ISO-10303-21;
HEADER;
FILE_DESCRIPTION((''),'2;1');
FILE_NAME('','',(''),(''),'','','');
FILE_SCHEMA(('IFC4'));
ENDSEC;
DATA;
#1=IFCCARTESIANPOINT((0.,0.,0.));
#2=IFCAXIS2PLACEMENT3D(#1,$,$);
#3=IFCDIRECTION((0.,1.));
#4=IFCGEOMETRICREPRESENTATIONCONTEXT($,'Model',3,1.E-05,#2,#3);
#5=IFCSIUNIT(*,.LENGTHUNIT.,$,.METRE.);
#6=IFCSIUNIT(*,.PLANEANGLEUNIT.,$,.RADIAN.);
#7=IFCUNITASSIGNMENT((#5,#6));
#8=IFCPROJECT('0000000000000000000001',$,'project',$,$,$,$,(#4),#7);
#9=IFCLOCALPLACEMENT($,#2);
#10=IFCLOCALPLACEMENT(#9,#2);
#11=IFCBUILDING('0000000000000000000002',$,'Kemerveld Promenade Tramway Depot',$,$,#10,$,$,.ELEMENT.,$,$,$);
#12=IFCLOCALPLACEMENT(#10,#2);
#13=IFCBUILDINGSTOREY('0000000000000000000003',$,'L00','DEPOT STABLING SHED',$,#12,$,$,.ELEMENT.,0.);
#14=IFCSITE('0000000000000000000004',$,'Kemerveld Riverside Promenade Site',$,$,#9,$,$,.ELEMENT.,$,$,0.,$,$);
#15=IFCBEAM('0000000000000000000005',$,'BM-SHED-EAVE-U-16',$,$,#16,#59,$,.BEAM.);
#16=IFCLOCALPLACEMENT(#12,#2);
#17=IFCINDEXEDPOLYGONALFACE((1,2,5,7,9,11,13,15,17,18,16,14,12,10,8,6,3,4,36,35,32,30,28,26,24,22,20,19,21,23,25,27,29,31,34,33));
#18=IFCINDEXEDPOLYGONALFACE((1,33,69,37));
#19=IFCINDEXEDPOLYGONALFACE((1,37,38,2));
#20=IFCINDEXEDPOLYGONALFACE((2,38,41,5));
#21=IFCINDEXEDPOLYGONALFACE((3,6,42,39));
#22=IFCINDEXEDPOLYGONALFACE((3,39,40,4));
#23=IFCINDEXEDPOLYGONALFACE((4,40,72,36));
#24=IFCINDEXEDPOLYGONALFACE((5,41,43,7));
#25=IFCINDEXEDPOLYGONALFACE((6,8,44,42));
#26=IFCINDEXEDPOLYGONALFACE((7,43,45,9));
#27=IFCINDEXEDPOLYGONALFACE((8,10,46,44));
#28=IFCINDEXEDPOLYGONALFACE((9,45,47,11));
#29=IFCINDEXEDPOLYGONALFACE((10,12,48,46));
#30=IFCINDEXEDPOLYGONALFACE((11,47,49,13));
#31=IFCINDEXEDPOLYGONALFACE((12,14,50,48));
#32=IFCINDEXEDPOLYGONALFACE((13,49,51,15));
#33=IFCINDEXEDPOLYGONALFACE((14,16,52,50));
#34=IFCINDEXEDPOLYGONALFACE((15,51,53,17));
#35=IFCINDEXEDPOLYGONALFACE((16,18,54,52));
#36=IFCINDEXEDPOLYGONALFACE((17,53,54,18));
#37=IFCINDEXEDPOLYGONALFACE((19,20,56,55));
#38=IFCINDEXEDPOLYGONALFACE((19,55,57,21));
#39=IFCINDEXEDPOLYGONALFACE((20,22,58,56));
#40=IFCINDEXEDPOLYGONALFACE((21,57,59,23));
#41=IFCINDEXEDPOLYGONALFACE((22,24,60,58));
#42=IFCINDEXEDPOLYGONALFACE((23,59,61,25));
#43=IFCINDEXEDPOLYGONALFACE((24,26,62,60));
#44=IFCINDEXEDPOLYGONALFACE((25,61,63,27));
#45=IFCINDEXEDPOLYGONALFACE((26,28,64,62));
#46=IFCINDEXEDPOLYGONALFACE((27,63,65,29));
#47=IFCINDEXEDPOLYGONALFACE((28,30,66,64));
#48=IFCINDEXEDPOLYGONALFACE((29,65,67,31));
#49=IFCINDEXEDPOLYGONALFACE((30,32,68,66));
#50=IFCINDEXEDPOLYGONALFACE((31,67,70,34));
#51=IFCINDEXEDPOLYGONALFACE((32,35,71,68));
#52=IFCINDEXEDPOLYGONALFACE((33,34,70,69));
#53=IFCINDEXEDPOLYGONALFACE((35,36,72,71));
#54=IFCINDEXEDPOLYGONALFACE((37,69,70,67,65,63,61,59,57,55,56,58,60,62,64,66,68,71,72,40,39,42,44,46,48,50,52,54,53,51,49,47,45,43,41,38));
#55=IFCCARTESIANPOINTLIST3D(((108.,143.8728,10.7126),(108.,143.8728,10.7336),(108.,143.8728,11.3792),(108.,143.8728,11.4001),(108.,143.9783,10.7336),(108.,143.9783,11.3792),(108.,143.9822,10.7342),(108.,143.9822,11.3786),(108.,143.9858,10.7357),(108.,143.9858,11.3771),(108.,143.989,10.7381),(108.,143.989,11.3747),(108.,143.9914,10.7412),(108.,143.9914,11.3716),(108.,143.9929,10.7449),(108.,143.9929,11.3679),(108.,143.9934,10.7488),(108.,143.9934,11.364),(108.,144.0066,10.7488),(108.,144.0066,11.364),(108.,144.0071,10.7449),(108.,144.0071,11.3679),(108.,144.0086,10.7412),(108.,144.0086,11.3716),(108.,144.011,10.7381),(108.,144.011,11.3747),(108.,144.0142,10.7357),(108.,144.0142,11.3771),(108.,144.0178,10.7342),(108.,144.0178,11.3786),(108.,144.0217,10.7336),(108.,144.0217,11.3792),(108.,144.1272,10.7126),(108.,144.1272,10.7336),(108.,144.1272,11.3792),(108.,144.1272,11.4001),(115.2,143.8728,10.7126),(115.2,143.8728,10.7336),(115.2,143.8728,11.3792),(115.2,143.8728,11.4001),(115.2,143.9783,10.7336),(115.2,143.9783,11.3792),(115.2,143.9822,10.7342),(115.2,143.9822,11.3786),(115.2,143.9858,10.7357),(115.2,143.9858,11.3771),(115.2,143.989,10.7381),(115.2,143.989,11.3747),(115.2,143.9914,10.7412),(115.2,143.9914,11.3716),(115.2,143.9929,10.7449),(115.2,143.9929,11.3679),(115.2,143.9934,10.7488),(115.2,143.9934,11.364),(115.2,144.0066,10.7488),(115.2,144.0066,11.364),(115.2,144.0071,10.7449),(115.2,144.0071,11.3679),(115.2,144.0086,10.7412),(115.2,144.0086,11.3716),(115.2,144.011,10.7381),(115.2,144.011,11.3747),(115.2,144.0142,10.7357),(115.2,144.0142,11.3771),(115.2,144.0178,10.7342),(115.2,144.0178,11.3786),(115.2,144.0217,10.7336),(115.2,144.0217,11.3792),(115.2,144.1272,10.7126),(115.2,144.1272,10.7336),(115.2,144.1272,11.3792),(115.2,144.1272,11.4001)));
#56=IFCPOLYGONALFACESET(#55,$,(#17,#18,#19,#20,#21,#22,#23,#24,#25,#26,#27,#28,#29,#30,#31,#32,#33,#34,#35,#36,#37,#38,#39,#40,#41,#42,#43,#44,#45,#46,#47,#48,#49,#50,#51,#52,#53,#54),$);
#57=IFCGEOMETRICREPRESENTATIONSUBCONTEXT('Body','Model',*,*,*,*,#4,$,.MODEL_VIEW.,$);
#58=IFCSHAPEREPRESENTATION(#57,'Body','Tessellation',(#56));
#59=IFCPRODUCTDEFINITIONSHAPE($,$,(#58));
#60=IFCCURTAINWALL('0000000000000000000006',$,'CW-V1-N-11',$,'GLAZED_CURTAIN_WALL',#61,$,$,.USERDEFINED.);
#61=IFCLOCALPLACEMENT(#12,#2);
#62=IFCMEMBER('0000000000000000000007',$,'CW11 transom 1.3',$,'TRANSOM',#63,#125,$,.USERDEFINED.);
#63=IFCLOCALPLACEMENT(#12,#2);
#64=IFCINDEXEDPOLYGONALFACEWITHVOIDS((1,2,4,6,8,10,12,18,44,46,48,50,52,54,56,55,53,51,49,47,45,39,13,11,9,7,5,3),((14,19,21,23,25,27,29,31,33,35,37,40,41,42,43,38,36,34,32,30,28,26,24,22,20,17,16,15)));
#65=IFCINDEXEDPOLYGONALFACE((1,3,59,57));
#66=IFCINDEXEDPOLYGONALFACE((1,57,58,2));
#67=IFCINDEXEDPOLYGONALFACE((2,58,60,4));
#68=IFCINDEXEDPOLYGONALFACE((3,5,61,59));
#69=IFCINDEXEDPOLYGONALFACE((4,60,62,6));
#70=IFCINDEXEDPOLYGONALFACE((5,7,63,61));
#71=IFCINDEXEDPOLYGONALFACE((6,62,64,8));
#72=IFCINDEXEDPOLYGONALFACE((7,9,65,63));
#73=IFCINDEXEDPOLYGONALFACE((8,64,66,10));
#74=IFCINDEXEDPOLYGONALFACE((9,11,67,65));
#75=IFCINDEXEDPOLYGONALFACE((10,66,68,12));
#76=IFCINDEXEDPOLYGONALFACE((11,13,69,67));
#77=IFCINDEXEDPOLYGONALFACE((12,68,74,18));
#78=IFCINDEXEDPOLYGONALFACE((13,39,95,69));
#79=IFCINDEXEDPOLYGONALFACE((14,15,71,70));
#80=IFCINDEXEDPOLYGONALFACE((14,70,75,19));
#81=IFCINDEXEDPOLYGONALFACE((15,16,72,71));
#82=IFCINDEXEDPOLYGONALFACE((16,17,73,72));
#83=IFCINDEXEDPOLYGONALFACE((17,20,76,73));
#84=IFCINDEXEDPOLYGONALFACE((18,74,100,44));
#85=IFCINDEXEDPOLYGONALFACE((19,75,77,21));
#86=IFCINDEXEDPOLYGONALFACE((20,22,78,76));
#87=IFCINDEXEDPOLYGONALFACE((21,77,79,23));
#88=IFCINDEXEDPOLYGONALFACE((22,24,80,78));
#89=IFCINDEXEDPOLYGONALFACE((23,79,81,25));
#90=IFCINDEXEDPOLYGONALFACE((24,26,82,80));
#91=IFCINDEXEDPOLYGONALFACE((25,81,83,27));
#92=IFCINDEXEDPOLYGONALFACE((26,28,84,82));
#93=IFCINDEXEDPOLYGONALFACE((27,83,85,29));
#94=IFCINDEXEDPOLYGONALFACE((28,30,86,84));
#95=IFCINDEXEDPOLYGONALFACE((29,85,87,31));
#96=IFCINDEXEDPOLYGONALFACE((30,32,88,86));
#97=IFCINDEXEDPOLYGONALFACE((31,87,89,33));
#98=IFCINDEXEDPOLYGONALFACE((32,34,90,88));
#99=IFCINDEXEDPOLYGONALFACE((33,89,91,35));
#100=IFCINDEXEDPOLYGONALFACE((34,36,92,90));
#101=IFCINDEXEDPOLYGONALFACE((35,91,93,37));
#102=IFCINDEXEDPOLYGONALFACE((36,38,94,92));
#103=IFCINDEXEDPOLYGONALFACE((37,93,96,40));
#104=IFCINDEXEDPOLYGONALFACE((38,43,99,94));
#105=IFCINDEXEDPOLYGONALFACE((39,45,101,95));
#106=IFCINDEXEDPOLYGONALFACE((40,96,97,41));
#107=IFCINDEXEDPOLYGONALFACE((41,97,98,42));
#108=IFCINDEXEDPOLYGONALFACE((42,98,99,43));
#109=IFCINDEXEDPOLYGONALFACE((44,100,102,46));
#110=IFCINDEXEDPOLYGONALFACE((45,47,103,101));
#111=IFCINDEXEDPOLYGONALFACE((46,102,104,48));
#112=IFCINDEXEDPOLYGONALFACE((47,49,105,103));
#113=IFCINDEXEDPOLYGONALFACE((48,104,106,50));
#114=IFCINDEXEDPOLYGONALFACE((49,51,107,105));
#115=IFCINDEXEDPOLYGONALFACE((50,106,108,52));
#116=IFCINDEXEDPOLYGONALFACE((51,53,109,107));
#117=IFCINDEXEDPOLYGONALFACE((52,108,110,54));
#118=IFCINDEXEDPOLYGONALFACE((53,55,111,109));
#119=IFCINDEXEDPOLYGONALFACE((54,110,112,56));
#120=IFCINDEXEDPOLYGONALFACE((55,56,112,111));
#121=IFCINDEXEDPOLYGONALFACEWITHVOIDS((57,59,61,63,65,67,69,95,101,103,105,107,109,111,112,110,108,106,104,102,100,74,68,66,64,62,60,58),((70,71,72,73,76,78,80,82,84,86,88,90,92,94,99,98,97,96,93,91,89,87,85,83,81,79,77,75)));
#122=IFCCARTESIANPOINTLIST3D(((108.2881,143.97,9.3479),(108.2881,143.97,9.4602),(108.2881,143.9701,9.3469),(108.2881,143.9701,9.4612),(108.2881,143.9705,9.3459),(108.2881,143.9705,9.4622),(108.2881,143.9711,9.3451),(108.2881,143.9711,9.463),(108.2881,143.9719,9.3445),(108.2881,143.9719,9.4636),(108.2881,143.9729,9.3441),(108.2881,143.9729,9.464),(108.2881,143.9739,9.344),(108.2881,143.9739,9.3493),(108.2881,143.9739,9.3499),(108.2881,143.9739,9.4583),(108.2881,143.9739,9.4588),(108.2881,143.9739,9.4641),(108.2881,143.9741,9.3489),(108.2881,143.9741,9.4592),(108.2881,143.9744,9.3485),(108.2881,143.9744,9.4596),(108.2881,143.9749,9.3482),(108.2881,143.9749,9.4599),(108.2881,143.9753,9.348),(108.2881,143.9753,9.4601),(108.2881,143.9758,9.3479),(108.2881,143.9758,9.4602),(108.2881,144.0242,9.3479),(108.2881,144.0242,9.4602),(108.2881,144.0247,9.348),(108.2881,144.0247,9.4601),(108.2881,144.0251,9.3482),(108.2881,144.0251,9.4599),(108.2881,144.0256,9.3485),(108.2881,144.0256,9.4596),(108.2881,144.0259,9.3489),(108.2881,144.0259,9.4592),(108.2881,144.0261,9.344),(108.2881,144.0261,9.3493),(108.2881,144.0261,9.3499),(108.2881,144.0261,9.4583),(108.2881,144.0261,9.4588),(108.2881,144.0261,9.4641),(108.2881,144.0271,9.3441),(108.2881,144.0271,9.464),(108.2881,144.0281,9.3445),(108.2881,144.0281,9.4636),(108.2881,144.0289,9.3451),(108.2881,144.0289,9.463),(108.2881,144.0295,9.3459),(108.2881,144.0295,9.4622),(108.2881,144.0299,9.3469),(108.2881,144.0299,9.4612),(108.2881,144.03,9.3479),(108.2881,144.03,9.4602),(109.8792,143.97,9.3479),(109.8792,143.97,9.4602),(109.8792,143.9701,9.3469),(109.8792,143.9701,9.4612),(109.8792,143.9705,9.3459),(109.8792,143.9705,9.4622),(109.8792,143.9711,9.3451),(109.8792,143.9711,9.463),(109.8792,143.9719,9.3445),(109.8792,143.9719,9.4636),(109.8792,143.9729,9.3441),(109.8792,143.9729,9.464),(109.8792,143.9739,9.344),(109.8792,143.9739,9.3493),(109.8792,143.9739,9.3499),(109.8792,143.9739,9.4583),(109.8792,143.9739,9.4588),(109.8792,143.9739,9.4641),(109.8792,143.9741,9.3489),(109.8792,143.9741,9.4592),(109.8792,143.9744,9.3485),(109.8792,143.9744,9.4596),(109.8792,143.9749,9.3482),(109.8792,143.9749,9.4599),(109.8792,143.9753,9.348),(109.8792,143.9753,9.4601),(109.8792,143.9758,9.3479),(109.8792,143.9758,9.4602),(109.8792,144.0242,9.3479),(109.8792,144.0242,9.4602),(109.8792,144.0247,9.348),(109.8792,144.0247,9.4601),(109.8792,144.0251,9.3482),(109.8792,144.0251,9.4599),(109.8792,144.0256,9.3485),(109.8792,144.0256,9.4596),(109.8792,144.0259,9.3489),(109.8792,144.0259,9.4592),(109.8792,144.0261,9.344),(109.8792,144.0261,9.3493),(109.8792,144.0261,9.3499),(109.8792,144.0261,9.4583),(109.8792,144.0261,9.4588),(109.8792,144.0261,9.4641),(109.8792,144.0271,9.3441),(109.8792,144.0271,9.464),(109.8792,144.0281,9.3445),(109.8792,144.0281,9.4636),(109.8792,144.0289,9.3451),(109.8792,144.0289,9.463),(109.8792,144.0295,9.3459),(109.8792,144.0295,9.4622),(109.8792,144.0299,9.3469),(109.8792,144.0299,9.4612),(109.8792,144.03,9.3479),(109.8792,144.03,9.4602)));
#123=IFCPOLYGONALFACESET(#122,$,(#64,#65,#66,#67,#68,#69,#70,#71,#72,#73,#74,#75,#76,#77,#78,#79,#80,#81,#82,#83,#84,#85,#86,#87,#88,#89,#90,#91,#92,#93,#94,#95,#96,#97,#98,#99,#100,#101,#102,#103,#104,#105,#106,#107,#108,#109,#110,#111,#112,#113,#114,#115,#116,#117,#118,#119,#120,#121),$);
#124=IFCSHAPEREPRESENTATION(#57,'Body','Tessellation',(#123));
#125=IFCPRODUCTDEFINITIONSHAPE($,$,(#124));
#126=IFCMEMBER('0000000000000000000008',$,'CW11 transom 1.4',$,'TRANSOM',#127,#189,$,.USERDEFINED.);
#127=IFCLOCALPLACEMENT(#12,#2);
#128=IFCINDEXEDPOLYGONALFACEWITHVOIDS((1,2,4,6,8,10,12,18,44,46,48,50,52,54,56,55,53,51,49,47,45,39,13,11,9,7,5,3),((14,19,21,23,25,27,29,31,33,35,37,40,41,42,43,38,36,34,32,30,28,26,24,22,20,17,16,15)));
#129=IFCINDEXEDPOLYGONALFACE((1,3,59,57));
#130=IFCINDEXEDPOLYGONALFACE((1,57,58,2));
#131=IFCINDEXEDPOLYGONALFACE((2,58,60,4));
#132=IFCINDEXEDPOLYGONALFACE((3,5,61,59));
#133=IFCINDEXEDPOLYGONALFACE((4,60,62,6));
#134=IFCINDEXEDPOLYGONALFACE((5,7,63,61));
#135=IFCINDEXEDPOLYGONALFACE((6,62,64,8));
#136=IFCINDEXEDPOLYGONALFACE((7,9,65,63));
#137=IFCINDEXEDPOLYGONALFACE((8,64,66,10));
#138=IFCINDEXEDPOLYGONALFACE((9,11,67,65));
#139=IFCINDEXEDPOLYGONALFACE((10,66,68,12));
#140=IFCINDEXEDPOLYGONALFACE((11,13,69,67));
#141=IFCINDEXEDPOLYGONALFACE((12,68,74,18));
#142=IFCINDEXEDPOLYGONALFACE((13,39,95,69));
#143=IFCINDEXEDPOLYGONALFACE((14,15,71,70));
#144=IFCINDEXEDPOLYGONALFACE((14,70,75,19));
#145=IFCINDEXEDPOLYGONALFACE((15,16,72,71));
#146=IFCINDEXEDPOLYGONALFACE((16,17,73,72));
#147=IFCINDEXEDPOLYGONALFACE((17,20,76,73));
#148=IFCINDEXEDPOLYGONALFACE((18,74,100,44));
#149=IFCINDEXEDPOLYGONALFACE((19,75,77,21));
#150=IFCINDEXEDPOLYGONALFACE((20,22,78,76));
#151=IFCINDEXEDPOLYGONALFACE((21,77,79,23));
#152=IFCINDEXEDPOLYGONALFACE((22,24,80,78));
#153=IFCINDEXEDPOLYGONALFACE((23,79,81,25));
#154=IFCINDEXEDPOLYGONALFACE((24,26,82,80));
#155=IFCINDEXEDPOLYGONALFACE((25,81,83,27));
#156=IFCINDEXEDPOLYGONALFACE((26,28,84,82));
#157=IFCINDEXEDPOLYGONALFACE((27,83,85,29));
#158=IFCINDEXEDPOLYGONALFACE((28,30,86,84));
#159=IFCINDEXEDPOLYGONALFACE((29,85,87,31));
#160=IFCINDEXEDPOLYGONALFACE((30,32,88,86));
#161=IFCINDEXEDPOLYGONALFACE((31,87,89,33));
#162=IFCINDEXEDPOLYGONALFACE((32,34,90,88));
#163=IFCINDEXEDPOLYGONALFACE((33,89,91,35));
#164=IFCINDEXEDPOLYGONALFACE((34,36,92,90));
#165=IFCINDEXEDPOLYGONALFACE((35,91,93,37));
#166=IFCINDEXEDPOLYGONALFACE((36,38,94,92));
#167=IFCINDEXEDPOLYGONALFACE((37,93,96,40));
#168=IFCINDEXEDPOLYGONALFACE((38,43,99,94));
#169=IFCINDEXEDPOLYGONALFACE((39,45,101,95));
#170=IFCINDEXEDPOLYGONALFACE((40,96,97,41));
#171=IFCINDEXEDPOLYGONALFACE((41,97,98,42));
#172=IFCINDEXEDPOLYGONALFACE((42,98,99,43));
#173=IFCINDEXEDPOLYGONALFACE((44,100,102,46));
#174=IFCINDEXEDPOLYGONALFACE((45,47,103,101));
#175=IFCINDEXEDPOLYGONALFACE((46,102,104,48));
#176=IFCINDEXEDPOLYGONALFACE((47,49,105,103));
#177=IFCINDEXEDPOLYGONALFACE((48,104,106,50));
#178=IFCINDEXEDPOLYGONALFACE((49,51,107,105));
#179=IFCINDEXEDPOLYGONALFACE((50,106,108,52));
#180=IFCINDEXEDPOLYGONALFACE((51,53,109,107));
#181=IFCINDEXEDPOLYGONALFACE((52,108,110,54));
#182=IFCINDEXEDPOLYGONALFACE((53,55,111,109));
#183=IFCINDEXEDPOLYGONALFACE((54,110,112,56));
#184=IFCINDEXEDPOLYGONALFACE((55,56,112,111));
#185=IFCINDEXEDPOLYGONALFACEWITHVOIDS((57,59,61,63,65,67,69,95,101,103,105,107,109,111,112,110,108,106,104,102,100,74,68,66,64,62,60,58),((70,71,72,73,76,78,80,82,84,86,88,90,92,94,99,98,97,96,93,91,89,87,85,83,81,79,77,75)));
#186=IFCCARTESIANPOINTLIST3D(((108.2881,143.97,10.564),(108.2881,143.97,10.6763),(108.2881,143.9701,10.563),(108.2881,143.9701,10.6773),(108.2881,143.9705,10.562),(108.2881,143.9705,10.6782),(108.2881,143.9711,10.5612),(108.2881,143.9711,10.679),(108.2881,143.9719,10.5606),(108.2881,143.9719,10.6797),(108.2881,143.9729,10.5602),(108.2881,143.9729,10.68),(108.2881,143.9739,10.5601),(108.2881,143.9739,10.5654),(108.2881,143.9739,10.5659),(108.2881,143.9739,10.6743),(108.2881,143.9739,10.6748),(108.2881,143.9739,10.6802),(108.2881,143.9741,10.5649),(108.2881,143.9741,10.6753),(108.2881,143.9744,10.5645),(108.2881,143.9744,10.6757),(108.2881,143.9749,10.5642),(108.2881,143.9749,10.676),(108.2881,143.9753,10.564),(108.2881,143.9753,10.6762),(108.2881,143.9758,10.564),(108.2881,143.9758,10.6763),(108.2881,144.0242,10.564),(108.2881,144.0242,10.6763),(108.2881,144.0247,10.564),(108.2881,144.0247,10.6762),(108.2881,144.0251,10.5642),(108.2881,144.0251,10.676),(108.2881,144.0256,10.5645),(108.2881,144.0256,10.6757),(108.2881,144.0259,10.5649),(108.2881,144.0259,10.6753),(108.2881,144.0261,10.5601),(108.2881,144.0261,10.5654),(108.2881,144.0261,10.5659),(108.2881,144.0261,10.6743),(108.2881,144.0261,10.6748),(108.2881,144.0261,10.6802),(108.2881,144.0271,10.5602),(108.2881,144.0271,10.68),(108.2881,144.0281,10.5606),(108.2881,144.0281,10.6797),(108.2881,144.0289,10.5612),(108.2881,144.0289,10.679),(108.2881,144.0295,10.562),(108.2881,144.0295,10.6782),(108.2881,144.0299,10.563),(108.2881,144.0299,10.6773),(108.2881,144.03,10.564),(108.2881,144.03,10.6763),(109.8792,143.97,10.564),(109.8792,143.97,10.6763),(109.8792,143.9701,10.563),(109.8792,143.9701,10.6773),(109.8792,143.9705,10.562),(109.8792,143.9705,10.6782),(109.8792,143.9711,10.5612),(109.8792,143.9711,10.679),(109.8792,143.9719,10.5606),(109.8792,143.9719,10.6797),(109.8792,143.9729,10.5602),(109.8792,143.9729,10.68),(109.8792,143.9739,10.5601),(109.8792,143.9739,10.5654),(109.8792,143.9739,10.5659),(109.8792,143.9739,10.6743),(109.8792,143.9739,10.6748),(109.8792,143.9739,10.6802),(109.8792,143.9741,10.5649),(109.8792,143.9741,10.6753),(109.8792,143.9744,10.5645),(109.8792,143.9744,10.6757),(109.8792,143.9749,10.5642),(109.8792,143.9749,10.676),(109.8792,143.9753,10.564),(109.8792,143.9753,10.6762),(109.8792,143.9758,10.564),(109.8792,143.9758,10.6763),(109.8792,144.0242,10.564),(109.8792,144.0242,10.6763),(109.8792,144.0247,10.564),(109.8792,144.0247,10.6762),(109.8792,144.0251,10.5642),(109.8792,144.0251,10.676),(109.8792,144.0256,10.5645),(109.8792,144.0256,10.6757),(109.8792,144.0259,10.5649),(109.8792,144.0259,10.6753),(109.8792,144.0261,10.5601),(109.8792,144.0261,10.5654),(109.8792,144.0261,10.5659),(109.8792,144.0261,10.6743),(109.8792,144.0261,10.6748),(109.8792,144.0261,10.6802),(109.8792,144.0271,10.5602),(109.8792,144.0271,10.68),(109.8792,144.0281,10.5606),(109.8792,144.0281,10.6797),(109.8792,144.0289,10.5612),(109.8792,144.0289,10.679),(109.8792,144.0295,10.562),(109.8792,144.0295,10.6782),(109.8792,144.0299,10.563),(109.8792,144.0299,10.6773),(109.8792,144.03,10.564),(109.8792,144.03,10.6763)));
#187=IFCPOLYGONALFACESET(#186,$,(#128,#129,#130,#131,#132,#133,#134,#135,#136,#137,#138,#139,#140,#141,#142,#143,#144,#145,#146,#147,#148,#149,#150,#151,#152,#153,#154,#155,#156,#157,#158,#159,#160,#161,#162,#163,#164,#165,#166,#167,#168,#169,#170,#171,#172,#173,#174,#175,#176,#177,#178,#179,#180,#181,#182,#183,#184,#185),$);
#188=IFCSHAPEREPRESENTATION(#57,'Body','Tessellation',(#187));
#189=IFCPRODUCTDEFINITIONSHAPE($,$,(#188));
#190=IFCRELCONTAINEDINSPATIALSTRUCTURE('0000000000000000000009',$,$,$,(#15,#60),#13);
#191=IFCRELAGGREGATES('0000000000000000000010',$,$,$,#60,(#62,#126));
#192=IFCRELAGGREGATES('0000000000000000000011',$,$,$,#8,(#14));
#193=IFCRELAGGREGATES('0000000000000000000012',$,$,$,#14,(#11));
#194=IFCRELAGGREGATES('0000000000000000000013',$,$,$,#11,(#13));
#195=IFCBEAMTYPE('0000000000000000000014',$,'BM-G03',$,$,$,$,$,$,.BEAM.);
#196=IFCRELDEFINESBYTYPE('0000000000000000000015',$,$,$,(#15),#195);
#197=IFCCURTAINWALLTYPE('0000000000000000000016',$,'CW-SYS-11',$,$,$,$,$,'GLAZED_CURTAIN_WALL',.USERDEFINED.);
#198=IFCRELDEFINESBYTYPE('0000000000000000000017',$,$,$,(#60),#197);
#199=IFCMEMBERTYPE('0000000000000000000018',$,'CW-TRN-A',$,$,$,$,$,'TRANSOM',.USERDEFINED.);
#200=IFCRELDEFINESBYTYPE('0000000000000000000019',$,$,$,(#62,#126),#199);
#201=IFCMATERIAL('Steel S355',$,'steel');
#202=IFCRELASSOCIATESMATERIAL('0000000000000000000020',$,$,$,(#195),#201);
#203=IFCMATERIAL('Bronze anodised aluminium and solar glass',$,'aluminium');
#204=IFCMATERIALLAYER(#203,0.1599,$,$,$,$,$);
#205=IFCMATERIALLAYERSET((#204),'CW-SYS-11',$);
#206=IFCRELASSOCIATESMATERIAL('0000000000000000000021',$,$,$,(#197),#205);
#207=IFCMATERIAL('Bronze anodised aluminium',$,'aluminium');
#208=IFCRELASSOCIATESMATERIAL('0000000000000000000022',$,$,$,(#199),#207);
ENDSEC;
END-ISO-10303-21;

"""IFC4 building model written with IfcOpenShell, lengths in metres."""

from ifc_helpers import new_model, si_unit, direction, frame, origin, origin_2d, place, context, subcontext, project, spatial, hollow_rectangle, i_section, extrude, material, layer, layer_set, material_profile, profile_set, type_object, element, aggregate, save


model = new_model("IFC4")

# Units and contexts
model_context = context("Model", 3, precision=1e-05, world=origin(), true_north=direction((0.0, 1.0)))
body_context = subcontext(model_context, "Body", "Model", "MODEL_VIEW")
ifc_project = project(units=[si_unit("LENGTHUNIT", "METRE"), si_unit("PLANEANGLEUNIT", "RADIAN")], contexts=[model_context])

# Site, building, storey
site_placement = place(None, origin())
site = spatial("IfcSite", under=ifc_project, at=site_placement, Name="Kemerveld Riverside Promenade Site", CompositionType="ELEMENT", RefElevation=0.0)
building_placement = place(site_placement, origin())
building = spatial("IfcBuilding", under=site, at=building_placement, Name="Kemerveld Promenade Tramway Depot", CompositionType="ELEMENT")
storey_placement = place(building_placement, origin())
storey = spatial("IfcBuildingStorey", under=building, at=storey_placement, Name="L00", Description="DEPOT STABLING SHED", CompositionType="ELEMENT", Elevation=0.0)

# Beam
ifc_material_1 = material(Name="Steel S355", Category="steel")
ifc_material_profile_1 = material_profile(ifc_material_1, i_section(OverallWidth=0.2544, OverallDepth=0.6875, WebThickness=0.0132, FlangeThickness=0.021, FilletRadius=0.0151, at=origin_2d()), Name="686x254x152 UB")
ifc_profile_set_1 = profile_set([ifc_material_profile_1], Name="Steel S355")
beam_type = type_object("IfcBeamType", Name="BM-G03", PredefinedType="BEAM", material=ifc_profile_set_1)
beam_placement = place(storey_placement, frame((108.0, 144.0, 11.0564), z_axis=(1.0, 0.0, 0.0), x_axis=(0.0, 1.0, 0.0)))
element("IfcBeam", 1, at=beam_placement, inside=storey, type_object=beam_type, Name="BM-SHED-EAVE-U-16", PredefinedType="BEAM", context=body_context, shape_type="SweptSolid", body=[
    extrude(i_section(OverallWidth=0.2544, OverallDepth=0.6875, WebThickness=0.0132, FlangeThickness=0.021, FilletRadius=0.0151, at=origin_2d()), origin(), (0.0, 0.0, 1.0), 7.2),
])

# Curtain wall, members
ifc_material_2 = material(Name="Bronze anodised aluminium and solar glass", Category="aluminium")
ifc_layer_1 = layer(ifc_material_2, 0.1599)
ifc_layer_set_1 = layer_set([ifc_layer_1], Name="CW-SYS-11")
curtain_wall_type_1 = type_object("IfcCurtainWallType", Name="CW-SYS-11", ElementType="GLAZED_CURTAIN_WALL", PredefinedType="USERDEFINED", material=ifc_layer_set_1)
curtain_wall_1_placement = place(storey_placement, origin())
curtain_wall_1 = element("IfcCurtainWall", 2, at=curtain_wall_1_placement, inside=storey, type_object=curtain_wall_type_1, Name="CW-V1-N-11", ObjectType="GLAZED_CURTAIN_WALL", PredefinedType="USERDEFINED")
ifc_material_3 = material(Name="Bronze anodised aluminium", Category="aluminium")
ifc_material_profile_2 = material_profile(ifc_material_3, hollow_rectangle(XDim=0.0601, YDim=0.1201, WallThickness=0.0039, InnerFilletRadius=0.002, OuterFilletRadius=0.0039, at=origin_2d()), Name="CW-TRN-120x60")
ifc_profile_set_2 = profile_set([ifc_material_profile_2], Name="Bronze anodised aluminium")
member_type_1 = type_object("IfcMemberType", Name="CW-TRN-A", ElementType="TRANSOM", PredefinedType="USERDEFINED", material=ifc_profile_set_2)
member_1_placement = place(storey_placement, frame((108.2881, 144.0, 9.4041), z_axis=(1.0, 0.0, 0.0), x_axis=(0.0, 1.0, 0.0)))
member_1 = element("IfcMember", 3, at=member_1_placement, type_object=member_type_1, Name="CW11 transom 1.3", ObjectType="TRANSOM", PredefinedType="USERDEFINED", context=body_context, shape_type="SweptSolid", body=[
    extrude(hollow_rectangle(XDim=0.0601, YDim=0.1201, WallThickness=0.0039, InnerFilletRadius=0.002, OuterFilletRadius=0.0039, at=origin_2d()), origin(), (0.0, 0.0, 1.0), 1.5911),
])
member_2_placement = place(storey_placement, frame((108.2881, 144.0, 10.6201), z_axis=(1.0, 0.0, 0.0), x_axis=(0.0, 1.0, 0.0)))
member_2 = element("IfcMember", 4, at=member_2_placement, type_object=member_type_1, Name="CW11 transom 1.4", ObjectType="TRANSOM", PredefinedType="USERDEFINED", context=body_context, shape_type="SweptSolid", body=[
    extrude(hollow_rectangle(XDim=0.0601, YDim=0.1201, WallThickness=0.0039, InnerFilletRadius=0.002, OuterFilletRadius=0.0039, at=origin_2d()), origin(), (0.0, 0.0, 1.0), 1.5911),
])

aggregate(curtain_wall_1, [member_1, member_2])

save(model, "model.ifc")
